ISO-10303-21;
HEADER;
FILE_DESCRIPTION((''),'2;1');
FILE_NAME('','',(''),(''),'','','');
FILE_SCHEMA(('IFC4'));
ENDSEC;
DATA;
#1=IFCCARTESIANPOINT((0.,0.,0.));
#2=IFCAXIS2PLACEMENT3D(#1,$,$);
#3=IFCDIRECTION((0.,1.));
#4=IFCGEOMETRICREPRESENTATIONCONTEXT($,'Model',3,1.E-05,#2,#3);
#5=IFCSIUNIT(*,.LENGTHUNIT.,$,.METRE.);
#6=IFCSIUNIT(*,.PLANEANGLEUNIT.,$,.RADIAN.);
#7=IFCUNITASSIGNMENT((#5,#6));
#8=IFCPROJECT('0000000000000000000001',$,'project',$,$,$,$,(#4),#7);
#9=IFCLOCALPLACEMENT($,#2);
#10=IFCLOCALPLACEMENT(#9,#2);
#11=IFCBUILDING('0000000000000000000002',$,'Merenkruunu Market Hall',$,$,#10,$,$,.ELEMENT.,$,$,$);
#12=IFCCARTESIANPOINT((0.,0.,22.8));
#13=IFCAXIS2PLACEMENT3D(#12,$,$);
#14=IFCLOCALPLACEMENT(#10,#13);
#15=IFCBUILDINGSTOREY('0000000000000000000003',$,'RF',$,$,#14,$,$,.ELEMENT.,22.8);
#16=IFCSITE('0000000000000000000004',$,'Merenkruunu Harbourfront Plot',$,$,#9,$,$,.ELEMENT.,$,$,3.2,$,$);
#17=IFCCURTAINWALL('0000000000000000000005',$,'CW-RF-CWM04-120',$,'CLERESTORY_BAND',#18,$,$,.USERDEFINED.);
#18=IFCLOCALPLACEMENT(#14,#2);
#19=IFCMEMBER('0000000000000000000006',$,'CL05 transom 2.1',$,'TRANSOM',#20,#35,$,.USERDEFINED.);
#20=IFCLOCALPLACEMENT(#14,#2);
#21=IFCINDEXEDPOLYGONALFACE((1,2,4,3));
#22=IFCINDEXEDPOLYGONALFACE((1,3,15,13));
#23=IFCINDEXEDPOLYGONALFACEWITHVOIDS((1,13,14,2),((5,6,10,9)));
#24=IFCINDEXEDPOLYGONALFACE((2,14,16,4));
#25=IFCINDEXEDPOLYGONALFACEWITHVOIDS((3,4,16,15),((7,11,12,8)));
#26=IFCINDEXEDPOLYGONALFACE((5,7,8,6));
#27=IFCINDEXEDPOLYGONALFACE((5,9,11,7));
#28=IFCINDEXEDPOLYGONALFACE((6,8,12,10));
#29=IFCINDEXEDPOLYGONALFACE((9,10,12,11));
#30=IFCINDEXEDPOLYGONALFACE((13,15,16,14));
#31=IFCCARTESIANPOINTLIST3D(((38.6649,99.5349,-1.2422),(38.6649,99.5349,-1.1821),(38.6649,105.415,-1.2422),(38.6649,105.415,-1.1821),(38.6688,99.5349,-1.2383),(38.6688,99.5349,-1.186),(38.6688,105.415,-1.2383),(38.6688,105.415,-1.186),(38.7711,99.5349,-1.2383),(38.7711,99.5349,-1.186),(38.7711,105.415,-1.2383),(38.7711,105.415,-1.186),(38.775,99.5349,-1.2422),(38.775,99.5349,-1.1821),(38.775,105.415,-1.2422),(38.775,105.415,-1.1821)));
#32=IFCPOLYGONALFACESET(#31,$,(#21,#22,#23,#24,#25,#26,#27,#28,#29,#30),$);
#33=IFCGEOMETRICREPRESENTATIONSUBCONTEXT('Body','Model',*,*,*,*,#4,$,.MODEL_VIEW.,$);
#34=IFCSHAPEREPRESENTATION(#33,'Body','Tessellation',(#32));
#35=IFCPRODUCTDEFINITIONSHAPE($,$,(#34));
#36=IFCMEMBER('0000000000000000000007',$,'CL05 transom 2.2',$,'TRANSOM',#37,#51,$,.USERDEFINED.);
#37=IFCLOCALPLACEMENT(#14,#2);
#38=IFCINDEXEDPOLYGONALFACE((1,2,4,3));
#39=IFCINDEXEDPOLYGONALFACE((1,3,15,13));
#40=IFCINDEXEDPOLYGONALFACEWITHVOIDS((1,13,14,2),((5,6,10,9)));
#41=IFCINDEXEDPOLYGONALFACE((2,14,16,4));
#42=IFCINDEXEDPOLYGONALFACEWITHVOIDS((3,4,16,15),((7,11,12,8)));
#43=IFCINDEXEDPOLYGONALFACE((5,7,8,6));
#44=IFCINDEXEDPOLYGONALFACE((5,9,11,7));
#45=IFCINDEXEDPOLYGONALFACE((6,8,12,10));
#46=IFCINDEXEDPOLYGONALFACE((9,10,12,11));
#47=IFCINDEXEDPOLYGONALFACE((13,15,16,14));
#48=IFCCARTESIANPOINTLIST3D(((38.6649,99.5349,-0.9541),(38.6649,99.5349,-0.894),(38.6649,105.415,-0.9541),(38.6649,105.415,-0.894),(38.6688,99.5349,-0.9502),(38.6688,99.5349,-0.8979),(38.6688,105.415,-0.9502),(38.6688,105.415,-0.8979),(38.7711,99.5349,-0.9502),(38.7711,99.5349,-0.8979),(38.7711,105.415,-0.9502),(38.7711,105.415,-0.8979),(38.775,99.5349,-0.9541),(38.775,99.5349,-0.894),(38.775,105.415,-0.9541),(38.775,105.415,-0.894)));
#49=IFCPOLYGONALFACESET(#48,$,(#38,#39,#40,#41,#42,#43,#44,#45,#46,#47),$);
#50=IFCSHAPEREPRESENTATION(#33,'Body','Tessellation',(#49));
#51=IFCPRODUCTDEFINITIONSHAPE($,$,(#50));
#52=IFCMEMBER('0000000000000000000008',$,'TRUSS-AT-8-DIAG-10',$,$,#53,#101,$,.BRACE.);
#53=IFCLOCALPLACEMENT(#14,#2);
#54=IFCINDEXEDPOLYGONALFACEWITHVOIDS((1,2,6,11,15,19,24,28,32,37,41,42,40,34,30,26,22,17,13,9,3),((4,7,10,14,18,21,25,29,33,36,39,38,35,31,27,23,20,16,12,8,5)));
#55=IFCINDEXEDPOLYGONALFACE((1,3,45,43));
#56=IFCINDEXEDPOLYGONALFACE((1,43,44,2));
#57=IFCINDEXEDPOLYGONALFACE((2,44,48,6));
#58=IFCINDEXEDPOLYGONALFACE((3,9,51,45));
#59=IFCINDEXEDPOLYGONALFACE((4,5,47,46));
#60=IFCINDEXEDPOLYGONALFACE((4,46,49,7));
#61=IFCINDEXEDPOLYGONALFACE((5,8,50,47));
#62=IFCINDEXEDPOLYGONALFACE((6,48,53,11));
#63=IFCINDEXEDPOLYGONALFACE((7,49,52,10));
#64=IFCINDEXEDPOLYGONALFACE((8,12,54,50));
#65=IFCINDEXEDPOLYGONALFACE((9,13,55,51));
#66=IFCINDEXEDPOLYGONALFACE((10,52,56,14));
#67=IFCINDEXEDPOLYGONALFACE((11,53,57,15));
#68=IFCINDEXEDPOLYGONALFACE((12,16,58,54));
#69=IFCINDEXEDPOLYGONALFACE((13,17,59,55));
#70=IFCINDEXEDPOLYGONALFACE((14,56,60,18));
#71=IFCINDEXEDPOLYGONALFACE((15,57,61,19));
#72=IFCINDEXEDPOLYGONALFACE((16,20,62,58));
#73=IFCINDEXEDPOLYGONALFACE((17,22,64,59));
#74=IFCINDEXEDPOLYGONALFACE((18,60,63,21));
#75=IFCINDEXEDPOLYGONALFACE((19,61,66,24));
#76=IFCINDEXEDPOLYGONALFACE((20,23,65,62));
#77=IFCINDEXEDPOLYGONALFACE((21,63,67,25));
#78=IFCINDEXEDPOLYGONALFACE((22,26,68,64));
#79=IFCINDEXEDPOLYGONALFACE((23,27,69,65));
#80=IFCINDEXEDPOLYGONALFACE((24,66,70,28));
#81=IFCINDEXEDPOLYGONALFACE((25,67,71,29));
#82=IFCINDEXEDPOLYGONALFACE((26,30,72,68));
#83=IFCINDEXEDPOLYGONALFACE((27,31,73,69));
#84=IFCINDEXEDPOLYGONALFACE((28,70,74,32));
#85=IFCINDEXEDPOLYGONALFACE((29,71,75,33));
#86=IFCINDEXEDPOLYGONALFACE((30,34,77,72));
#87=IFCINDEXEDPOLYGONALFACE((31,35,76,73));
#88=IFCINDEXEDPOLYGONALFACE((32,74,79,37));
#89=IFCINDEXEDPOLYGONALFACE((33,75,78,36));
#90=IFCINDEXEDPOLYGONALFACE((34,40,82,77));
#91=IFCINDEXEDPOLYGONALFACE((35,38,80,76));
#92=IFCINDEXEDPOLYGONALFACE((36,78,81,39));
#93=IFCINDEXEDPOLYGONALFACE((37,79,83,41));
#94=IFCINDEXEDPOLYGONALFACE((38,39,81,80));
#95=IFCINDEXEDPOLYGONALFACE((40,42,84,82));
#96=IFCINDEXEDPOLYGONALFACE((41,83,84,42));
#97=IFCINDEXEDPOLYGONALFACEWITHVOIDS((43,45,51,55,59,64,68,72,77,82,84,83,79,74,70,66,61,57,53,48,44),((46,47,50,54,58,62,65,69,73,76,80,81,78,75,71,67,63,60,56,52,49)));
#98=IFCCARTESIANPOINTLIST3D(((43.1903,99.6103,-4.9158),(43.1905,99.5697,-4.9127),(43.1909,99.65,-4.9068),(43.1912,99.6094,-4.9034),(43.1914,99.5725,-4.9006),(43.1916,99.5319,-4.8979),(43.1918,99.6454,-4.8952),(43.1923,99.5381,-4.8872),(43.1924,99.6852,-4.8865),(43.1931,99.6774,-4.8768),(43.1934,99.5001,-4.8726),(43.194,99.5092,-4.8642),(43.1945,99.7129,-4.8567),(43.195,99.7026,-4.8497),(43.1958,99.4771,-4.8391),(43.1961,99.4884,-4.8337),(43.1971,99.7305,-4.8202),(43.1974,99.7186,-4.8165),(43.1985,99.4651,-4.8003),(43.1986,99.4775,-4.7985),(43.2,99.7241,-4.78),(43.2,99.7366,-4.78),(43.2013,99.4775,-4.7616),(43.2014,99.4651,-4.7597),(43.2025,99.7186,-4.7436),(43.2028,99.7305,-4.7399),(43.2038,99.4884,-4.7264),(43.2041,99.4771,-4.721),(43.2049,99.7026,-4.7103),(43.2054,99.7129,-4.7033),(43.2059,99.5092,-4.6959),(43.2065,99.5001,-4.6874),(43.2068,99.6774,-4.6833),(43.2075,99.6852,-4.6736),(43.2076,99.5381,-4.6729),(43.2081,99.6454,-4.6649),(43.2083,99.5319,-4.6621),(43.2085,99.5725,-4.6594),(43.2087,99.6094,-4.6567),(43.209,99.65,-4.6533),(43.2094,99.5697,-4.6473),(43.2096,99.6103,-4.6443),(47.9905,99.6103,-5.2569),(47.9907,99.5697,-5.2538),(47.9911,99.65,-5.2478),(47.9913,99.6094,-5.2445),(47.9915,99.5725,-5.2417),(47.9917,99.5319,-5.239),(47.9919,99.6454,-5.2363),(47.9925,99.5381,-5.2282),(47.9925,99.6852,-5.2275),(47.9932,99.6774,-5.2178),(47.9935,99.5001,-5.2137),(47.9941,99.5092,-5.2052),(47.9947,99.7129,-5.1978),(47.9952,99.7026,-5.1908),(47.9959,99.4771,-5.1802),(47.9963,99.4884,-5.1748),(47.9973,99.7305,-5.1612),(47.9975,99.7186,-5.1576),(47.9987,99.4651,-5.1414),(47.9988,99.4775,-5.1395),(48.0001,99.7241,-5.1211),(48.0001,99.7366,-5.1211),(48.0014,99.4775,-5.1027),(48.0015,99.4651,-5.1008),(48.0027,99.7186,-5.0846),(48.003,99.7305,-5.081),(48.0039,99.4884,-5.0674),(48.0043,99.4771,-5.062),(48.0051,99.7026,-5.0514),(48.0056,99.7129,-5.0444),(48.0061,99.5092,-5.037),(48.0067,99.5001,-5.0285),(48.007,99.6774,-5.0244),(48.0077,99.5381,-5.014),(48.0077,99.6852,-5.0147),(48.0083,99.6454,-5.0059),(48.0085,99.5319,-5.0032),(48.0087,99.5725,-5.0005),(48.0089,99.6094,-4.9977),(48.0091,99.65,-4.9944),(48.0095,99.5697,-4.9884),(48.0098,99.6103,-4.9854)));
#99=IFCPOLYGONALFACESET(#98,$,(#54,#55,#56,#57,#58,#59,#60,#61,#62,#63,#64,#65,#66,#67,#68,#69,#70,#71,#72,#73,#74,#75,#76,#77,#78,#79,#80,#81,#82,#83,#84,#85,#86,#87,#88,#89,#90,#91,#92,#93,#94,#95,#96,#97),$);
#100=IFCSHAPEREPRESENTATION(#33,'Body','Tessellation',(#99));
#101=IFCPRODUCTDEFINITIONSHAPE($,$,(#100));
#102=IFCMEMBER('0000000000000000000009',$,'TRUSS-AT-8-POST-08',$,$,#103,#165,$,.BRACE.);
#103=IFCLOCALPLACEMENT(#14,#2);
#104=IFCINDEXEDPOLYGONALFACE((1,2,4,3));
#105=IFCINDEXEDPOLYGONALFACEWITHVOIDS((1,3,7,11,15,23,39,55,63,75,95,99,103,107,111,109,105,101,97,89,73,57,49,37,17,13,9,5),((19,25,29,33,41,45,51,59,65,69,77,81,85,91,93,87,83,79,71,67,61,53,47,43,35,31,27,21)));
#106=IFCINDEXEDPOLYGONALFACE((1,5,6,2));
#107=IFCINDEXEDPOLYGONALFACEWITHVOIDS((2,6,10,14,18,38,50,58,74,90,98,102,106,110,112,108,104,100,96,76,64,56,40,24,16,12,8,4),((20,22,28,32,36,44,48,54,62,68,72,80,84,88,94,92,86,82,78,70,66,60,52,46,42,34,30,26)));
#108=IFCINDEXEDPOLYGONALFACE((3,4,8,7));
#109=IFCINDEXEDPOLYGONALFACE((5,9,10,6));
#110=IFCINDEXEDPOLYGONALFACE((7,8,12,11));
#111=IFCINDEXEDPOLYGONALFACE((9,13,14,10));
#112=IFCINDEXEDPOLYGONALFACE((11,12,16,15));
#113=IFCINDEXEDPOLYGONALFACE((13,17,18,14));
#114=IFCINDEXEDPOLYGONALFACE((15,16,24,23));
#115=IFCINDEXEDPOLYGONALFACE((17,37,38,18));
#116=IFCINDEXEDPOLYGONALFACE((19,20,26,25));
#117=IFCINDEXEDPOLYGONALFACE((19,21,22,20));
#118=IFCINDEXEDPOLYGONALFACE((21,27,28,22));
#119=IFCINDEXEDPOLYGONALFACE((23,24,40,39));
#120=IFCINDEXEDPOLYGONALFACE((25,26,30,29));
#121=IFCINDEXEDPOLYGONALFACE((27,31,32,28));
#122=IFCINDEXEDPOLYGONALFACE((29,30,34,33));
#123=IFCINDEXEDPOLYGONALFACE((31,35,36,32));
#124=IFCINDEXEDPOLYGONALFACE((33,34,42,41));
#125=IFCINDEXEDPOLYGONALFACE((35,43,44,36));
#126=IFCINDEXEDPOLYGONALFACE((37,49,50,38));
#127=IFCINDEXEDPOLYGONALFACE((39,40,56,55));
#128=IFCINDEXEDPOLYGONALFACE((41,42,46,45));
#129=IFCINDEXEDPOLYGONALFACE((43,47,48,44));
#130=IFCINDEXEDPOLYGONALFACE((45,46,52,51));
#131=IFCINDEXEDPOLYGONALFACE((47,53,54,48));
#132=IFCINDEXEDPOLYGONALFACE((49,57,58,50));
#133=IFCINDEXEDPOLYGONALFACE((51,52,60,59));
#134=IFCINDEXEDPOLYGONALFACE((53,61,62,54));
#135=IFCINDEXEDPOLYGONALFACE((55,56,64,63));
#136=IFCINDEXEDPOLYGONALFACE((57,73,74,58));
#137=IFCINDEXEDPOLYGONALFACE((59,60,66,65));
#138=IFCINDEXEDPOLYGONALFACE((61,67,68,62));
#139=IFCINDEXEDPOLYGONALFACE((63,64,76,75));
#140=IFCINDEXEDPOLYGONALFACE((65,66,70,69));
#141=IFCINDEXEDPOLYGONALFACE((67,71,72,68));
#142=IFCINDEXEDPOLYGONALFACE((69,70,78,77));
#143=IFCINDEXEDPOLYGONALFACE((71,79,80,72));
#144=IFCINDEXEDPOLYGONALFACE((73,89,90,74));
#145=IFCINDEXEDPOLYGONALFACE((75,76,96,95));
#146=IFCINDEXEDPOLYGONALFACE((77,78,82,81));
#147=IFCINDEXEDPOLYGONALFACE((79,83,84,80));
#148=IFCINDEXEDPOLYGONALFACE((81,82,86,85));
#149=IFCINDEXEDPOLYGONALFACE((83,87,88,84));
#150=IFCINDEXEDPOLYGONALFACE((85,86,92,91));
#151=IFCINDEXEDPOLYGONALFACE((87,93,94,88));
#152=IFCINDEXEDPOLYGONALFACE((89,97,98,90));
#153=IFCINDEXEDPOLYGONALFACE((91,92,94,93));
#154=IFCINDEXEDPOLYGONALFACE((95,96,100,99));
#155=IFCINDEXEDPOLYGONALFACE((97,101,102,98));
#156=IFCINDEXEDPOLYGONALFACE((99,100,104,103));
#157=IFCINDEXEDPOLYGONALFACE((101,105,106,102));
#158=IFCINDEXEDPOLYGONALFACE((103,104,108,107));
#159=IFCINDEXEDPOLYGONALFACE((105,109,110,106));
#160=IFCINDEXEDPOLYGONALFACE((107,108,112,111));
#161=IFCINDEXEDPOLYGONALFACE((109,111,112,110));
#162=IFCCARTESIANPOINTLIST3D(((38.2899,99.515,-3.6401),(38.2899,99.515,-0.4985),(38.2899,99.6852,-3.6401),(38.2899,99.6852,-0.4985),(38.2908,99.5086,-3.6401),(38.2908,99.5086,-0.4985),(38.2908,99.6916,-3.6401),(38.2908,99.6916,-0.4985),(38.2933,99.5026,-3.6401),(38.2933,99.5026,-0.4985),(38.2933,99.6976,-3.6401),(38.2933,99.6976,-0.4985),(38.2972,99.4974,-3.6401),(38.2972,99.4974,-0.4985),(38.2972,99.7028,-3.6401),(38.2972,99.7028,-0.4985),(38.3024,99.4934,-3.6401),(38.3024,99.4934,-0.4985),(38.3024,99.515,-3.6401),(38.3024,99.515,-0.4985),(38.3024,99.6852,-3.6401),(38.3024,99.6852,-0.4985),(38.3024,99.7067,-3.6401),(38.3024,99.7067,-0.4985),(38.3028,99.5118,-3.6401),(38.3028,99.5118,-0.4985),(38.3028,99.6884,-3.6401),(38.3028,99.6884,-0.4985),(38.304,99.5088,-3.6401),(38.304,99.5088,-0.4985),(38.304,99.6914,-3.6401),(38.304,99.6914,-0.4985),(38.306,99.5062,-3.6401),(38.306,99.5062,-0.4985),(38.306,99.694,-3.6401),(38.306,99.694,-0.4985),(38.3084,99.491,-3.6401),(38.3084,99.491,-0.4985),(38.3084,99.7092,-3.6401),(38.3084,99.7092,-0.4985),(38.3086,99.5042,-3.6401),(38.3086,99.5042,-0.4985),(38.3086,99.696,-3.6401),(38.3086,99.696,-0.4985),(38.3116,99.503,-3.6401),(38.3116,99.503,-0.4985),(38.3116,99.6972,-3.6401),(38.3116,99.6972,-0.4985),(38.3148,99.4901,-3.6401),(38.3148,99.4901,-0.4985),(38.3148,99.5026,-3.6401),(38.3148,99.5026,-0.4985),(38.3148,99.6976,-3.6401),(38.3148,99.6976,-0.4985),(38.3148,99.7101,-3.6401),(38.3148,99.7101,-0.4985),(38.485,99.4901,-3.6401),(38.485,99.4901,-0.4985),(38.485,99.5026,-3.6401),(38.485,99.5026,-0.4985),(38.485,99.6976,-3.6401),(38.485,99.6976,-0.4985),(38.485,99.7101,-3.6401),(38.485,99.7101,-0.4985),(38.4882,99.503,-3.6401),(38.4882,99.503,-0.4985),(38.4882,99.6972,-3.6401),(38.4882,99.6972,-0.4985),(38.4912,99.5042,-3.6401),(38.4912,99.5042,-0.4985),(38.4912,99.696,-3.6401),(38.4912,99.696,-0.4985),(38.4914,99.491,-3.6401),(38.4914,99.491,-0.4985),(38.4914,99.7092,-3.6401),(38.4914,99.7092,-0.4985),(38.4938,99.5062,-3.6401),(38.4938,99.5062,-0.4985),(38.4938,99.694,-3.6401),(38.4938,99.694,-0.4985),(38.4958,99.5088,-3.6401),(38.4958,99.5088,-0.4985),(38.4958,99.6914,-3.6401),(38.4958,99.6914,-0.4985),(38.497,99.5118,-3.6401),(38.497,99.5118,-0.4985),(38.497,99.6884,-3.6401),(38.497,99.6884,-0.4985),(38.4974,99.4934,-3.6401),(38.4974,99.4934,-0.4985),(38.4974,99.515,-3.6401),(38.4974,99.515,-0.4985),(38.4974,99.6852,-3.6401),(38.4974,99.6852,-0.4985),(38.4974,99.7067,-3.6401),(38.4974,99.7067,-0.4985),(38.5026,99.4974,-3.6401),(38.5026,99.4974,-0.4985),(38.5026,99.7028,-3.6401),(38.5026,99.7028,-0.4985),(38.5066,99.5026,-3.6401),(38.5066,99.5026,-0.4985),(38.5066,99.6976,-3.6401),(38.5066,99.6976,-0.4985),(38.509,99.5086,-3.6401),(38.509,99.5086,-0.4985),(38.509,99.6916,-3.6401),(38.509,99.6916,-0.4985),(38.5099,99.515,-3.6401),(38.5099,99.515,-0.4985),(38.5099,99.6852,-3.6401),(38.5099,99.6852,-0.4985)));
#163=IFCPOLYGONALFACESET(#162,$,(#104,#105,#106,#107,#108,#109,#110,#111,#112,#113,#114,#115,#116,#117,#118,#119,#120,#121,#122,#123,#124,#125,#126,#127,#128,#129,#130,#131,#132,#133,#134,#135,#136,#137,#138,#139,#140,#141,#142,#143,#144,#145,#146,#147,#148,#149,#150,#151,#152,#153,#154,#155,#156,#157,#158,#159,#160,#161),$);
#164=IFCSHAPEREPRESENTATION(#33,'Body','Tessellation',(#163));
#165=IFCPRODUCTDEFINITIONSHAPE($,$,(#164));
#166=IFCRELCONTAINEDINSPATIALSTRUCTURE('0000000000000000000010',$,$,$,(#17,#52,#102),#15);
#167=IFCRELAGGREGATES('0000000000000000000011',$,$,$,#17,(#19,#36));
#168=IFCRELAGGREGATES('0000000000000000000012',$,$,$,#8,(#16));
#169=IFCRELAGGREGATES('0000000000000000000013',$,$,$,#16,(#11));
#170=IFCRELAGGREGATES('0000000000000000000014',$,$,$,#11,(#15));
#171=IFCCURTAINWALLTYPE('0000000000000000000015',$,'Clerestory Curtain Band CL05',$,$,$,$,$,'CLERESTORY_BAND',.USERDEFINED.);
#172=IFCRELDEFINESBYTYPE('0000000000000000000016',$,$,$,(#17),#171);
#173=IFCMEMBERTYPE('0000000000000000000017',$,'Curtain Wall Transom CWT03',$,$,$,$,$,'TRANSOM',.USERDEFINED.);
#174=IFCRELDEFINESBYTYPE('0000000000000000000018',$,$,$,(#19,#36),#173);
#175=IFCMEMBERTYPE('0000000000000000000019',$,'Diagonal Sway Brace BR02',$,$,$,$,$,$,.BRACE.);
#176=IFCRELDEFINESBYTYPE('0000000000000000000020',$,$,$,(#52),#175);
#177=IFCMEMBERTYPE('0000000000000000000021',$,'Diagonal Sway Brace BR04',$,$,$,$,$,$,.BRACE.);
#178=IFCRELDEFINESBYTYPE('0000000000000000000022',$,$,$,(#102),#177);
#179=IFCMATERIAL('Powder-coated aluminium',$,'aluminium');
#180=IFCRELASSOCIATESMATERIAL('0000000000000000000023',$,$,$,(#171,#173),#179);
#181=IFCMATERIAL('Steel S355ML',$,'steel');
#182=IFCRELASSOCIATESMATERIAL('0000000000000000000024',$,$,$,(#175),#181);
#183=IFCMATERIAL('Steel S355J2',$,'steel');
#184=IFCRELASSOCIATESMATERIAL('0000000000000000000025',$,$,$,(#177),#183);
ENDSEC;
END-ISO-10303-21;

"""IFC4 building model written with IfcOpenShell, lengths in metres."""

from ifc_helpers import new_model, si_unit, direction, frame, origin, origin_2d, place, context, subcontext, project, spatial, hollow_rectangle, hollow_circle, extrude, material, material_profile, profile_set, type_object, element, aggregate, save


model = new_model("IFC4")

# Units and contexts
model_context = context("Model", 3, precision=1e-05, world=origin(), true_north=direction((0.0, 1.0)))
body_context = subcontext(model_context, "Body", "Model", "MODEL_VIEW")
ifc_project = project(units=[si_unit("LENGTHUNIT", "METRE"), si_unit("PLANEANGLEUNIT", "RADIAN")], contexts=[model_context])

# Site, building, storey
site_placement = place(None, origin())
site = spatial("IfcSite", under=ifc_project, at=site_placement, Name="Merenkruunu Harbourfront Plot", CompositionType="ELEMENT", RefElevation=3.2)
building_placement = place(site_placement, origin())
building = spatial("IfcBuilding", under=site, at=building_placement, Name="Merenkruunu Market Hall", CompositionType="ELEMENT")
storey_placement = place(building_placement, frame((0.0, 0.0, 22.8)))
storey = spatial("IfcBuildingStorey", under=building, at=storey_placement, Name="RF", CompositionType="ELEMENT", Elevation=22.8)

# Shared definitions
ifc_material_1 = material(Name="Steel S355ML", Category="steel")

# Curtain wall
ifc_material_2 = material(Name="Powder-coated aluminium", Category="aluminium")
curtain_wall_type = type_object("IfcCurtainWallType", Name="Clerestory Curtain Band CL05", ElementType="CLERESTORY_BAND", PredefinedType="USERDEFINED", material=ifc_material_2)
curtain_wall_1_placement = place(storey_placement, origin())
curtain_wall_1 = element("IfcCurtainWall", 1, at=curtain_wall_1_placement, inside=storey, type_object=curtain_wall_type, Name="CW-RF-CWM04-120", ObjectType="CLERESTORY_BAND", PredefinedType="USERDEFINED")

# Members
ifc_material_profile_1 = material_profile(ifc_material_2, hollow_rectangle(XDim=0.0601, YDim=0.1101, WallThickness=0.0039, at=origin_2d()), Name="ALU 60x110x4")
ifc_profile_set_1 = profile_set([ifc_material_profile_1], Name="Powder-coated aluminium")
member_type_1 = type_object("IfcMemberType", Name="Curtain Wall Transom CWT03", ElementType="TRANSOM", PredefinedType="USERDEFINED", material=ifc_profile_set_1)
member_1_placement = place(storey_placement, frame((38.72, 105.415, -1.2122), z_axis=(0.0, -1.0, 0.0), x_axis=(0.0, 0.0, 1.0)))
member_1 = element("IfcMember", 2, at=member_1_placement, type_object=member_type_1, Name="CL05 transom 2.1", ObjectType="TRANSOM", PredefinedType="USERDEFINED", context=body_context, shape_type="SweptSolid", body=[
    extrude(hollow_rectangle(XDim=0.0601, YDim=0.1101, WallThickness=0.0039, at=origin_2d()), origin(), (0.0, 0.0, 1.0), 5.8801),
])
member_2_placement = place(storey_placement, frame((38.72, 105.415, -0.9241), z_axis=(0.0, -1.0, 0.0), x_axis=(0.0, 0.0, 1.0)))
member_2 = element("IfcMember", 3, at=member_2_placement, type_object=member_type_1, Name="CL05 transom 2.2", ObjectType="TRANSOM", PredefinedType="USERDEFINED", context=body_context, shape_type="SweptSolid", body=[
    extrude(hollow_rectangle(XDim=0.0601, YDim=0.1101, WallThickness=0.0039, at=origin_2d()), origin(), (0.0, 0.0, 1.0), 5.8801),
])

# Members
ifc_material_profile_2 = material_profile(ifc_material_1, hollow_circle(Radius=0.1365, WallThickness=0.0125, at=origin_2d()), Name="CHS 273x12.5")
ifc_profile_set_2 = profile_set([ifc_material_profile_2], Name="Steel S355ML")
member_type_2 = type_object("IfcMemberType", Name="Diagonal Sway Brace BR02", PredefinedType="BRACE", material=ifc_profile_set_2)
member_3_placement = place(storey_placement, frame((43.2, 99.6001, -4.78), z_axis=(0.997485, 0.0, -0.070876), x_axis=(0.0, 1.0, 0.0)))
element("IfcMember", 4, at=member_3_placement, inside=storey, type_object=member_type_2, Name="TRUSS-AT-8-DIAG-10", PredefinedType="BRACE", context=body_context, shape_type="SweptSolid", body=[
    extrude(hollow_circle(Radius=0.1365, WallThickness=0.0125, at=origin_2d()), origin(), (0.0, 0.0, 1.0), 4.8123),
])
ifc_material_3 = material(Name="Steel S355J2", Category="steel")
ifc_material_profile_3 = material_profile(ifc_material_3, hollow_rectangle(XDim=0.22, YDim=0.22, WallThickness=0.0125, InnerFilletRadius=0.0125, OuterFilletRadius=0.0249, at=origin_2d()), Name="SHS 220x220x12.5")
ifc_profile_set_3 = profile_set([ifc_material_profile_3], Name="Steel S355J2")
member_type_3 = type_object("IfcMemberType", Name="Diagonal Sway Brace BR04", PredefinedType="BRACE", material=ifc_profile_set_3)
member_4_placement = place(storey_placement, frame((38.3999, 99.6001, -3.6401), z_axis=(0.0, 0.0, 1.0), x_axis=(1.0, 0.0, 0.0)))
element("IfcMember", 5, at=member_4_placement, inside=storey, type_object=member_type_3, Name="TRUSS-AT-8-POST-08", PredefinedType="BRACE", context=body_context, shape_type="SweptSolid", body=[
    extrude(hollow_rectangle(XDim=0.22, YDim=0.22, WallThickness=0.0125, InnerFilletRadius=0.0125, OuterFilletRadius=0.0249, at=origin_2d()), origin(), (0.0, 0.0, 1.0), 3.1416),
])

aggregate(curtain_wall_1, [member_1, member_2])

save(model, "model.ifc")
